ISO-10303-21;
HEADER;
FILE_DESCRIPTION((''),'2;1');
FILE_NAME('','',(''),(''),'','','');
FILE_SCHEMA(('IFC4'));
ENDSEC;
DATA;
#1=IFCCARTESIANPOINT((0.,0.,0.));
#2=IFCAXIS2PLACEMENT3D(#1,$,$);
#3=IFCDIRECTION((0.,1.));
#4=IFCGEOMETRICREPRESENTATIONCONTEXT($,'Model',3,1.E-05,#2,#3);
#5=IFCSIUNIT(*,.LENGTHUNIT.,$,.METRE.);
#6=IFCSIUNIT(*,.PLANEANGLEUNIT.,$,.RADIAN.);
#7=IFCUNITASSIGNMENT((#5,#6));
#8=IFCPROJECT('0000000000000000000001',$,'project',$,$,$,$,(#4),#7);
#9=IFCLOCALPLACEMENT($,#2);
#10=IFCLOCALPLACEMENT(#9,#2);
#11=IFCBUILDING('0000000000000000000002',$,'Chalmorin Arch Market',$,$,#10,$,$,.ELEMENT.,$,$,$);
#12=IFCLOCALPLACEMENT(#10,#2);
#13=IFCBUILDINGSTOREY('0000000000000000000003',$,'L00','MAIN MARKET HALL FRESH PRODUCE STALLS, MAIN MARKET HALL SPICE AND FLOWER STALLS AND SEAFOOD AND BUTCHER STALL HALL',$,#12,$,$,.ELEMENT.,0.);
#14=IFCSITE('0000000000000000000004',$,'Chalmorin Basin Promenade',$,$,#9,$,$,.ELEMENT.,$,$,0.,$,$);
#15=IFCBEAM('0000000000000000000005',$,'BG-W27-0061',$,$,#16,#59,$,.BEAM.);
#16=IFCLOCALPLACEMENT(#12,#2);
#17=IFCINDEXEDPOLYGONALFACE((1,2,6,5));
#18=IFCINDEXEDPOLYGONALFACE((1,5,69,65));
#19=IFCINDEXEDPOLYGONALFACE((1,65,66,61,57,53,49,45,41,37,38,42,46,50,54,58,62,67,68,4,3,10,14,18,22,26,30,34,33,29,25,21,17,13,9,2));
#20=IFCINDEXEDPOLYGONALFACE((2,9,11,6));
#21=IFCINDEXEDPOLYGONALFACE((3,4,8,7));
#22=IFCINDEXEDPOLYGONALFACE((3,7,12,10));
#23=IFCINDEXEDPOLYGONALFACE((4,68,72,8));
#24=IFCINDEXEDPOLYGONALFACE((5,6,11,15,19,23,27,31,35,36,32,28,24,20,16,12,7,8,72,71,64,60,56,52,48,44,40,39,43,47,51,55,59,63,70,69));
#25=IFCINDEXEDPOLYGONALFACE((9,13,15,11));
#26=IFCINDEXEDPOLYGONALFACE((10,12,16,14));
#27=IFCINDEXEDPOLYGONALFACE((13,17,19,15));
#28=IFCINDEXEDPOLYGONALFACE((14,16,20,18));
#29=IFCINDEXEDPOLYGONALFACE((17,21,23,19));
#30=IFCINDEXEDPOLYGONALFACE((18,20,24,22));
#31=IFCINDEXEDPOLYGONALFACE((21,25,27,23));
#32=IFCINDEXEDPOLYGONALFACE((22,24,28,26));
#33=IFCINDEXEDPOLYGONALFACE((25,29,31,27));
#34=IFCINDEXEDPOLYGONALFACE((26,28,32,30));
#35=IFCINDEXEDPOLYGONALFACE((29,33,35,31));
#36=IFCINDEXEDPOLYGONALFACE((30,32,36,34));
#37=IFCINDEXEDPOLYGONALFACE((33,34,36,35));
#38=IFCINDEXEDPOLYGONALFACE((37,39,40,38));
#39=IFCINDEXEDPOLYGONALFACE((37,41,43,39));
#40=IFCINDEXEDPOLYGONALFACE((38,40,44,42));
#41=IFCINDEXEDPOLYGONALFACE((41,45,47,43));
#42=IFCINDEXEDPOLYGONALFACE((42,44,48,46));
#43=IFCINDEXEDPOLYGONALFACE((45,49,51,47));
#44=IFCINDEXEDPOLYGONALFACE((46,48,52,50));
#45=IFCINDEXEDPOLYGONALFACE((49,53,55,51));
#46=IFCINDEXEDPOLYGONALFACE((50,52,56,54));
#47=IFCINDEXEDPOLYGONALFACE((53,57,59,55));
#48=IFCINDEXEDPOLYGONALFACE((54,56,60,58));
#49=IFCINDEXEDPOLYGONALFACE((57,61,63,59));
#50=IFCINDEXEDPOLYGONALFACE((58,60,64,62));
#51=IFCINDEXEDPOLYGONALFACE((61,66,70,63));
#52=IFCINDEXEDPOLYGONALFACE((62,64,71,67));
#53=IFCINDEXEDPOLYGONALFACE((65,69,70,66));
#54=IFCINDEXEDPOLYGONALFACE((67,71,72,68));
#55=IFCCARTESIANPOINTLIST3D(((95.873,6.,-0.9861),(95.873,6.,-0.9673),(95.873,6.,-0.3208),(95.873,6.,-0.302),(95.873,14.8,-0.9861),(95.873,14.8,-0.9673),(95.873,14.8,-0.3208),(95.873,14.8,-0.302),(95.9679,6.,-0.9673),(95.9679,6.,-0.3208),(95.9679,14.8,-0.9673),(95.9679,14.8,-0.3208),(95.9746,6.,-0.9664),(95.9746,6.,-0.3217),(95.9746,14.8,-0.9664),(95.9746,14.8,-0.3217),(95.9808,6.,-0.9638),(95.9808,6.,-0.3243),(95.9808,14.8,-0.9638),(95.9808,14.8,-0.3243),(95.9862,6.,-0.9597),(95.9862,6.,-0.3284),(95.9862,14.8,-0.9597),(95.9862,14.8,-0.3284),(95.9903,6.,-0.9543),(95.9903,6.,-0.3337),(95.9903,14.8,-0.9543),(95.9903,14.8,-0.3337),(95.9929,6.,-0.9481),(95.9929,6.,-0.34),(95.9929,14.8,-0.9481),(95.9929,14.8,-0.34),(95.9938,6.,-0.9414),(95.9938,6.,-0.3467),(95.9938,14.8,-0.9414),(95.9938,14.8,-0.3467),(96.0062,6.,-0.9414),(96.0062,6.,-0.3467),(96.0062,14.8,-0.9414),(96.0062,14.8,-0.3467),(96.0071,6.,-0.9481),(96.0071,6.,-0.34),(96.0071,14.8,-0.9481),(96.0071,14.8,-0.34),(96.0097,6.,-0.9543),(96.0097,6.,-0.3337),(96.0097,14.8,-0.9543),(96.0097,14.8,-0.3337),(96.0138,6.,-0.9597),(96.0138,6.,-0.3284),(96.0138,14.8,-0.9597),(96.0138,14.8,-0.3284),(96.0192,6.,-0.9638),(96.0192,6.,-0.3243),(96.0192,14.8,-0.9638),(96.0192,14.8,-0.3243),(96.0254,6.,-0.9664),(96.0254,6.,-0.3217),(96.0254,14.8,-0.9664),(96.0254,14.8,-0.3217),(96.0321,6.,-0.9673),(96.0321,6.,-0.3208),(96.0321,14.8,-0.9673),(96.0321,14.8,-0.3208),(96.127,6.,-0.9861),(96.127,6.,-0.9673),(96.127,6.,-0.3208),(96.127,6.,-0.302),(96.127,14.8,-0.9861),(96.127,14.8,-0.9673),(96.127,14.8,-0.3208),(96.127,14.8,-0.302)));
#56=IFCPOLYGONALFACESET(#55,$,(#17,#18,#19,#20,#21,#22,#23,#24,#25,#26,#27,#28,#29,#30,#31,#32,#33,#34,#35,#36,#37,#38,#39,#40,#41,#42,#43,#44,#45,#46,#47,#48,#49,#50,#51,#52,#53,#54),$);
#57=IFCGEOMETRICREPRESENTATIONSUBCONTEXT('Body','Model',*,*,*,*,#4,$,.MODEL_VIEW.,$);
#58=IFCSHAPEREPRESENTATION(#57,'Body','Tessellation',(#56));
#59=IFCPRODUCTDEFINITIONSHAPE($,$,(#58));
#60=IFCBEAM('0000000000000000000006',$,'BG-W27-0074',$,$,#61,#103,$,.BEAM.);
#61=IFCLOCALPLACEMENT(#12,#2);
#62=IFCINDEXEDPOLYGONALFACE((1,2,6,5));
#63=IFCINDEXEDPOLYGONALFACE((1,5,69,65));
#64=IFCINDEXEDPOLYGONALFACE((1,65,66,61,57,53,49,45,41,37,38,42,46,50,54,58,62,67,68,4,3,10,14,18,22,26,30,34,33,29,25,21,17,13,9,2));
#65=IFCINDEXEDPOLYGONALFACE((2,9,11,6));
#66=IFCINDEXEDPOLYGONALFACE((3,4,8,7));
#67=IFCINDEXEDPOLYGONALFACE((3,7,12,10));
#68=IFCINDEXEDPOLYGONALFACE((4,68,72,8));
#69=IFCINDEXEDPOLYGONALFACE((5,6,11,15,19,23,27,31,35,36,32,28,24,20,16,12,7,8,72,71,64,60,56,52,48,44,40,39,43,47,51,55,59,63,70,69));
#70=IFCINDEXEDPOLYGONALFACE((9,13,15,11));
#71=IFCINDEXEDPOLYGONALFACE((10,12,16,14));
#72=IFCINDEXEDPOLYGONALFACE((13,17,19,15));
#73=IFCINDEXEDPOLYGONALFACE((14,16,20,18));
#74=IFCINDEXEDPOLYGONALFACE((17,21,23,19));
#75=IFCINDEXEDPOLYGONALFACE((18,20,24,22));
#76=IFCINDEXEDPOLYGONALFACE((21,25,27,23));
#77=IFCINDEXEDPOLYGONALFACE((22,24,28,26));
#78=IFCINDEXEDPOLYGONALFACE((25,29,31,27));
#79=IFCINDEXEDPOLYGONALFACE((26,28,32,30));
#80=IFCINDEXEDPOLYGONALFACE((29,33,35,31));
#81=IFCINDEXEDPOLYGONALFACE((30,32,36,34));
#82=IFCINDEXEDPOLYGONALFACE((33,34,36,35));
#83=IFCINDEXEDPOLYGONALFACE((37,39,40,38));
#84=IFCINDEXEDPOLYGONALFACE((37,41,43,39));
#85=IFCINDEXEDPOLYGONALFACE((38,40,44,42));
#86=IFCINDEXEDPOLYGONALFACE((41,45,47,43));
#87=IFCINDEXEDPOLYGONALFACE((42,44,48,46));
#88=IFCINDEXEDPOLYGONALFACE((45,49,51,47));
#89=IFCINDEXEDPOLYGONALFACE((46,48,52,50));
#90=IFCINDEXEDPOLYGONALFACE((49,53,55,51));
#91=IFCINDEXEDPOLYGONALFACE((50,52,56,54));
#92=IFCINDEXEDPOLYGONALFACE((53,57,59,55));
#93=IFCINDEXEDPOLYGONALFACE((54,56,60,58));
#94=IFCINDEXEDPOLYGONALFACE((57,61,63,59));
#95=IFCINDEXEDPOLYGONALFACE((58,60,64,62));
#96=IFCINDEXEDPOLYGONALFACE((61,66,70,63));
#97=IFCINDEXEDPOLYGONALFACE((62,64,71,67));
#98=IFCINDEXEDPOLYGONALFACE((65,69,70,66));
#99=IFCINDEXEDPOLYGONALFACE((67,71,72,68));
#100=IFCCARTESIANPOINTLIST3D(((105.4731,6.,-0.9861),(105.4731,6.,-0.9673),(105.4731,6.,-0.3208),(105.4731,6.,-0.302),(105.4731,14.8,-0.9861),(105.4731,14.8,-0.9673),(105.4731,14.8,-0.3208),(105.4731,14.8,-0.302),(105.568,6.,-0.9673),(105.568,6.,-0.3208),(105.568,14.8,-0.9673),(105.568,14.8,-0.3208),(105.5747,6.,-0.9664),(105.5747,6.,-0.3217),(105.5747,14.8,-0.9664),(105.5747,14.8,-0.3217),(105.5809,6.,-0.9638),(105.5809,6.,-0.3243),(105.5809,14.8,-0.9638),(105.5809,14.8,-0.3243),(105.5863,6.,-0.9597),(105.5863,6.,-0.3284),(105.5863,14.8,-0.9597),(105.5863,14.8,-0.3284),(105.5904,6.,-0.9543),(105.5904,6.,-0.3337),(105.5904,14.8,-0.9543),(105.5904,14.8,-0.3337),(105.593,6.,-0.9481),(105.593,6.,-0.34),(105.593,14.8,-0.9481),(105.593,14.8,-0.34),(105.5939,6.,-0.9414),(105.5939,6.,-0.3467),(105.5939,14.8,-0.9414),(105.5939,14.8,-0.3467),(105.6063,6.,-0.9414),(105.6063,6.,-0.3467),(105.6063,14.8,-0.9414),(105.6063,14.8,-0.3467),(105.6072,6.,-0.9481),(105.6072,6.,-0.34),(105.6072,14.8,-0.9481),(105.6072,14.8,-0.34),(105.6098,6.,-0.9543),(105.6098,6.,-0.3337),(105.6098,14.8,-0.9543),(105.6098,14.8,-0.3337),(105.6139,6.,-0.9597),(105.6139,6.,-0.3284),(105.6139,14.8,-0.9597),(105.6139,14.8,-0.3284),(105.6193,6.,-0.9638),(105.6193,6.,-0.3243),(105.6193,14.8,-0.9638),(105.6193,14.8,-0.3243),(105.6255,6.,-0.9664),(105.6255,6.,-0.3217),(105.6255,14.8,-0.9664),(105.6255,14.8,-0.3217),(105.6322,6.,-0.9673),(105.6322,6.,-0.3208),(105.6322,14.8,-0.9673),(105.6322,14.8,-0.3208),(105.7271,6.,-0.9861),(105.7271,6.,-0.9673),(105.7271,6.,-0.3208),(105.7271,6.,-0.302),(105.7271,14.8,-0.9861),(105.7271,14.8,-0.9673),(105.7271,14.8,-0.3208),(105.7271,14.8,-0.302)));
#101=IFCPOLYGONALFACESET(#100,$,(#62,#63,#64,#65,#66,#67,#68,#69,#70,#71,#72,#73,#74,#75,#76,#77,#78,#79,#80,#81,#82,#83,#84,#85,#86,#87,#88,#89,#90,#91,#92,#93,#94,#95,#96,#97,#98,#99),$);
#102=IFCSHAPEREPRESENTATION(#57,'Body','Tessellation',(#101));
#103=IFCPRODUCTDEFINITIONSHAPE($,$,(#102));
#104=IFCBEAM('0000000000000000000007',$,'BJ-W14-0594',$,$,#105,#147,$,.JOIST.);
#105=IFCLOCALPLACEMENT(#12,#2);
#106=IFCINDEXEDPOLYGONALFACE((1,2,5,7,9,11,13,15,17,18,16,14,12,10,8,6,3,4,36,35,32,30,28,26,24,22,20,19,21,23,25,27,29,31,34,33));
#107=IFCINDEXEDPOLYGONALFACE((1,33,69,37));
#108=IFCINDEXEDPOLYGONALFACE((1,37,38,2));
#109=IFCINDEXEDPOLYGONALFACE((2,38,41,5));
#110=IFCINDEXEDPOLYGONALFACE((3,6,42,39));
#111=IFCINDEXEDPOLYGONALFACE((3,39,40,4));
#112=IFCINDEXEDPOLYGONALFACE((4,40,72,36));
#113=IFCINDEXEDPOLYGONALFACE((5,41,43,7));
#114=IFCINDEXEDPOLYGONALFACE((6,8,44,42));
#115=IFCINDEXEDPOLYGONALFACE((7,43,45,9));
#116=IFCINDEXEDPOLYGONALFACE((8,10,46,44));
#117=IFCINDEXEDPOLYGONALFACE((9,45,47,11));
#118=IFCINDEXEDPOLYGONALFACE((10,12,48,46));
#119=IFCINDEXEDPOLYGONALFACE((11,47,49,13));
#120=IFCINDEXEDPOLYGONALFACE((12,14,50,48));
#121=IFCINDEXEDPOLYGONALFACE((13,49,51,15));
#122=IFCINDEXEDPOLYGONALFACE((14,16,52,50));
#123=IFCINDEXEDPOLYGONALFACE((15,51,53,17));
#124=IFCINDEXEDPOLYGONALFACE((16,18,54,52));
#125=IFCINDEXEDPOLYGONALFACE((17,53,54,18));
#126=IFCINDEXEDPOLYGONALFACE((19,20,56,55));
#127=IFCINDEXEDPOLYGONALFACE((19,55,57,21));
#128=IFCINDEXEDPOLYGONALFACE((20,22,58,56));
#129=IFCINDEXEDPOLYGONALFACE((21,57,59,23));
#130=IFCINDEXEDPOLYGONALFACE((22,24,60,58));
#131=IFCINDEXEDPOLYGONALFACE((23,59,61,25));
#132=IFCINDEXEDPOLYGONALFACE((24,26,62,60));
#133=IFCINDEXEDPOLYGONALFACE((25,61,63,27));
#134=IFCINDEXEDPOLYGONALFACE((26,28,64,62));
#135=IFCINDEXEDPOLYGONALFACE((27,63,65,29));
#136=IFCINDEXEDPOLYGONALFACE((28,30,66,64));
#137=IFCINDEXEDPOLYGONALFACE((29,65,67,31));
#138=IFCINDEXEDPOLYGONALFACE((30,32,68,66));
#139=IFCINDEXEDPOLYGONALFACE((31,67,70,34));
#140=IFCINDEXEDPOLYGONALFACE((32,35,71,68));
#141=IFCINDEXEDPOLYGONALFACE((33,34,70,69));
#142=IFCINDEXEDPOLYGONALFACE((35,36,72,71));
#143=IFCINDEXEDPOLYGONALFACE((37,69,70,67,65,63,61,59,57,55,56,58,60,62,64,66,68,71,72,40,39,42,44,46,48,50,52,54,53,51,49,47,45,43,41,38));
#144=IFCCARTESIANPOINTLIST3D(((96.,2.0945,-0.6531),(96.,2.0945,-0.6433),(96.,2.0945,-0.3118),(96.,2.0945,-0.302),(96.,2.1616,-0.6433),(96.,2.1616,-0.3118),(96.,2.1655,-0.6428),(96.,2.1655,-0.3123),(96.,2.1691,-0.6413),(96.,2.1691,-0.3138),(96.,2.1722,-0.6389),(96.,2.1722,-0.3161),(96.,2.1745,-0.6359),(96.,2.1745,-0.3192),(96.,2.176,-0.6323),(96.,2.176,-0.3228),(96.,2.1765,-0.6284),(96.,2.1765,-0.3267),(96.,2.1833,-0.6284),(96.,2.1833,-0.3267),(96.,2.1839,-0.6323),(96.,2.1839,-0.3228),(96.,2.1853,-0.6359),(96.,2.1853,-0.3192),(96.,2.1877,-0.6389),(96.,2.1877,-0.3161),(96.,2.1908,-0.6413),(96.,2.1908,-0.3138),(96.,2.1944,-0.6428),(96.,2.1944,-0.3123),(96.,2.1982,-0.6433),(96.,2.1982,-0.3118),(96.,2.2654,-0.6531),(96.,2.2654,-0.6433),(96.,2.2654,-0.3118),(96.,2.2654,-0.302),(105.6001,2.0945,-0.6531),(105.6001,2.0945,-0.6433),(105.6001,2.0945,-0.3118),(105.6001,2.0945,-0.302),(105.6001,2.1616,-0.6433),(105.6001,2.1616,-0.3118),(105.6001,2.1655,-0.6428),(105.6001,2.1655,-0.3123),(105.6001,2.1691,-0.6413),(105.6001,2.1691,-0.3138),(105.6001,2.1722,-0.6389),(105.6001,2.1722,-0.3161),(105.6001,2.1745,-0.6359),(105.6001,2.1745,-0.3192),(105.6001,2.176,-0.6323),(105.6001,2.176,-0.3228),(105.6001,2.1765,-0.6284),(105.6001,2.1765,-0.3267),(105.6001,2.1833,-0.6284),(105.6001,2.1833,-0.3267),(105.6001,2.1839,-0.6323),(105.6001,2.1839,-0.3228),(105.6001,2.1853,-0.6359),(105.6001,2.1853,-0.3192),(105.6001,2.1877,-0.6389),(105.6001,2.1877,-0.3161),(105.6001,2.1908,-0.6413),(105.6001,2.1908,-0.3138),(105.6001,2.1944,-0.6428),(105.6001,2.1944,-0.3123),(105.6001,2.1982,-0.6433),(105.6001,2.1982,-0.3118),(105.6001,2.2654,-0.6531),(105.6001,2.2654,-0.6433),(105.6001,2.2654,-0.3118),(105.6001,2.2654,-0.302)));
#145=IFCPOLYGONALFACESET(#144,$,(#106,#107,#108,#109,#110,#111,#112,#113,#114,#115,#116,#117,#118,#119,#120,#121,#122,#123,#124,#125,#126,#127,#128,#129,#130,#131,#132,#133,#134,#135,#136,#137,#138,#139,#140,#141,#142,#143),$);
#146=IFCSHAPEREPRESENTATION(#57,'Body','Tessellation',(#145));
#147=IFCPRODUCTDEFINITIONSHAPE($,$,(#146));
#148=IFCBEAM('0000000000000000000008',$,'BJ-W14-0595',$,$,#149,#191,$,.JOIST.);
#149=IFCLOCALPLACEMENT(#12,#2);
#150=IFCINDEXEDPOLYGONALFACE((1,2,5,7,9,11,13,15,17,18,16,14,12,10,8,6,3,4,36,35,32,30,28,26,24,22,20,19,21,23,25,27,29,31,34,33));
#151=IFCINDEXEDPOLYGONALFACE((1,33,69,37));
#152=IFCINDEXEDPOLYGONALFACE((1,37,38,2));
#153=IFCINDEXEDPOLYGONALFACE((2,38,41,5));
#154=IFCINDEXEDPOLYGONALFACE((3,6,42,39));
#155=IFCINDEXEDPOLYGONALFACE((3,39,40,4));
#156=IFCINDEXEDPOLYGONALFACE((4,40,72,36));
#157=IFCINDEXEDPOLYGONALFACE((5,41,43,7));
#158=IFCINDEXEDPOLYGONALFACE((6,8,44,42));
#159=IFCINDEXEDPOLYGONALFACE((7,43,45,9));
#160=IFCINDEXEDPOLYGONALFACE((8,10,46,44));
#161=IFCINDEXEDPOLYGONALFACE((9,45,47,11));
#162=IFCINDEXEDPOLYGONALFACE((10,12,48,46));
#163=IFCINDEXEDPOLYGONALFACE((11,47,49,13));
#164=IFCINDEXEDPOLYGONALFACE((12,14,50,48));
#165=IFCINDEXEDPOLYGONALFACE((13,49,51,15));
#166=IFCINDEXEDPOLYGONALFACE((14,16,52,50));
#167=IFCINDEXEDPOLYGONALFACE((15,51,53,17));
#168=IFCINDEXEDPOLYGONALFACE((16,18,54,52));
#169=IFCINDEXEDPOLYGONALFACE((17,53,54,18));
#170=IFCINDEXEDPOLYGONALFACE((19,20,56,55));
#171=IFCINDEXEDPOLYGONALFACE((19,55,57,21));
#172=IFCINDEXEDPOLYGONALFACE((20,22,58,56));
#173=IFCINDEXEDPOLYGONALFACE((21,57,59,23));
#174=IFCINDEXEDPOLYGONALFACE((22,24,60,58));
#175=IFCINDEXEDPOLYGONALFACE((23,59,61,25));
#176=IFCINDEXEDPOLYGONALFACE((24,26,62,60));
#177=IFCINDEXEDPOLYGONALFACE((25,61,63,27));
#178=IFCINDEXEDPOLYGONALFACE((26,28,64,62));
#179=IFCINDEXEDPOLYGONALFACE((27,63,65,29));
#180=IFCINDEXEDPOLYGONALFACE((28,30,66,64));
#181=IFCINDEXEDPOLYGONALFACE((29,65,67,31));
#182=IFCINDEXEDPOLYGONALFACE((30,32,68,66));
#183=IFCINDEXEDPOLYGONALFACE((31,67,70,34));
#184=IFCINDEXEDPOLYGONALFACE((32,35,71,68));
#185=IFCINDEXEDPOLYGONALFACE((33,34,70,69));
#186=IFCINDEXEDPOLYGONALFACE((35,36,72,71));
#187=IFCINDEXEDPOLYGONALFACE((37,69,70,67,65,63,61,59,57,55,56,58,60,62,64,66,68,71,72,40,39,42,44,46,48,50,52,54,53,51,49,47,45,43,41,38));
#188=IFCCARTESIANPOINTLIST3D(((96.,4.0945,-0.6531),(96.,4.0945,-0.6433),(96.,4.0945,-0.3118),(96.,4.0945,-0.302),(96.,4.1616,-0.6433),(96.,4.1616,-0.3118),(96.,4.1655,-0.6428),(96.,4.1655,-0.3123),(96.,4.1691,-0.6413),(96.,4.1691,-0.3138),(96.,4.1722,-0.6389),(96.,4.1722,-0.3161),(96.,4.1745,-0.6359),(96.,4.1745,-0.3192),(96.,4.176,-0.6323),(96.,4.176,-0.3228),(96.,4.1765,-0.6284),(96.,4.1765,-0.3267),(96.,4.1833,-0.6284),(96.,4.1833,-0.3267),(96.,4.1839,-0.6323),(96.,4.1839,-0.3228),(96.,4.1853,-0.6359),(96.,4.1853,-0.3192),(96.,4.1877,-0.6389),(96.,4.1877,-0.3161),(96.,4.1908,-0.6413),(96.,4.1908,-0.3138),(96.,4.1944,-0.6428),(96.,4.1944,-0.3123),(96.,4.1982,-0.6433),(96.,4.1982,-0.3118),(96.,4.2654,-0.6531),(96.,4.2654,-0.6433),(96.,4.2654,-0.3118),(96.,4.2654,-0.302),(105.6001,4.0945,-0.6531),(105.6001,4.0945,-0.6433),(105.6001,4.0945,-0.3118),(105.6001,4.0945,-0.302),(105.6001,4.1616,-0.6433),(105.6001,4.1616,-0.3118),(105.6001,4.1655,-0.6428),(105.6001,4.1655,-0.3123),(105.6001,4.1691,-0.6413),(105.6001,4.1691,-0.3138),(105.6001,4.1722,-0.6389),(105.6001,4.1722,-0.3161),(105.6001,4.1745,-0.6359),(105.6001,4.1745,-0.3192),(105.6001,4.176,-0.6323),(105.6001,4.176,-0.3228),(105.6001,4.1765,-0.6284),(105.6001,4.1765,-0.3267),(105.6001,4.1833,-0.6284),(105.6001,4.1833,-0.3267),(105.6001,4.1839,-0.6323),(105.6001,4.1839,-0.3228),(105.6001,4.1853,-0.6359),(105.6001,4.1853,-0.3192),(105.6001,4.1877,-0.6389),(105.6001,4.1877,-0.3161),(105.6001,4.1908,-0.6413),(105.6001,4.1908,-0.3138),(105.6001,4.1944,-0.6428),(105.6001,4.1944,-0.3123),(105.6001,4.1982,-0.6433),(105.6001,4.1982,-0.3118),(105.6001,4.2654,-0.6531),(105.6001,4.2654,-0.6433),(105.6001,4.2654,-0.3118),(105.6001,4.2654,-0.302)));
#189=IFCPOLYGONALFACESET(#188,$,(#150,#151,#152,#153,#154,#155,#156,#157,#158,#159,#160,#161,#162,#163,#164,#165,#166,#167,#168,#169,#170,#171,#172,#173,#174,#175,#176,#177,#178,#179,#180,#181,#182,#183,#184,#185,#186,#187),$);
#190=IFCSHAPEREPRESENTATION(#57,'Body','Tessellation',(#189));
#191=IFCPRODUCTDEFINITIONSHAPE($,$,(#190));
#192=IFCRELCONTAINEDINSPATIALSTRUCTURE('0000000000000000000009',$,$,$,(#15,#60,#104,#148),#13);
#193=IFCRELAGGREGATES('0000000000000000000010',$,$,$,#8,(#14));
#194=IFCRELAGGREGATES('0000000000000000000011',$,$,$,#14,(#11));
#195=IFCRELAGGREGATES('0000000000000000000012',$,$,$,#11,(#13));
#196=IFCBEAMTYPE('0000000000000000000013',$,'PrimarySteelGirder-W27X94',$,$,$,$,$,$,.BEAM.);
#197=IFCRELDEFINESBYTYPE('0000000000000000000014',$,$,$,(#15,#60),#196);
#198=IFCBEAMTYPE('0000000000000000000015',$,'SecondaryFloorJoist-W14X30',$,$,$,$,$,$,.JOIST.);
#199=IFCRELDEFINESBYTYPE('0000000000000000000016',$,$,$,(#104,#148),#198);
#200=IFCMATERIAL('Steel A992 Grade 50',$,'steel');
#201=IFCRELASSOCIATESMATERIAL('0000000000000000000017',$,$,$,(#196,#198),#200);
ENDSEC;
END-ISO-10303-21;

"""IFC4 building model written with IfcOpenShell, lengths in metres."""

from ifc_helpers import new_model, si_unit, direction, frame, origin, origin_2d, place, context, subcontext, project, spatial, i_section, extrude, material, material_profile, profile_set, type_object, element, save


model = new_model("IFC4")

# Units and contexts
model_context = context("Model", 3, precision=1e-05, world=origin(), true_north=direction((0.0, 1.0)))
body_context = subcontext(model_context, "Body", "Model", "MODEL_VIEW")
ifc_project = project(units=[si_unit("LENGTHUNIT", "METRE"), si_unit("PLANEANGLEUNIT", "RADIAN")], contexts=[model_context])

# Site, building, storey
site_placement = place(None, origin())
site = spatial("IfcSite", under=ifc_project, at=site_placement, Name="Chalmorin Basin Promenade", CompositionType="ELEMENT", RefElevation=0.0)
building_placement = place(site_placement, origin())
building = spatial("IfcBuilding", under=site, at=building_placement, Name="Chalmorin Arch Market", CompositionType="ELEMENT")
storey_placement = place(building_placement, origin())
storey = spatial("IfcBuildingStorey", under=building, at=storey_placement, Name="L00", Description="MAIN MARKET HALL FRESH PRODUCE STALLS, MAIN MARKET HALL SPICE AND FLOWER STALLS AND SEAFOOD AND BUTCHER STALL HALL", CompositionType="ELEMENT", Elevation=0.0)

# Beams
ifc_material_1 = material(Name="Steel A992 Grade 50", Category="steel")
ifc_material_profile_1 = material_profile(ifc_material_1, i_section(OverallWidth=0.2539, OverallDepth=0.6841, WebThickness=0.0125, FlangeThickness=0.0188, FilletRadius=0.0259, at=origin_2d()), Name="W27X94")
ifc_profile_set_1 = profile_set([ifc_material_profile_1], Name="Steel A992 Grade 50")
beam_type_1 = type_object("IfcBeamType", Name="PrimarySteelGirder-W27X94", PredefinedType="BEAM", material=ifc_profile_set_1)
for number, where, z_axis, x_axis, name in (
    (1, (96.0, 6.0, -0.644), (0.0, 1.0, 0.0), (-1.0, 0.0, 0.0), "BG-W27-0061"),
    (2, (105.6001, 6.0, -0.644), (0.0, 1.0, 0.0), (-1.0, 0.0, 0.0), "BG-W27-0074"),
):
    element("IfcBeam", number, at=place(storey_placement, frame(where, z_axis=z_axis, x_axis=x_axis)), inside=storey, type_object=beam_type_1, Name=name, PredefinedType="BEAM", context=body_context, shape_type="SweptSolid", body=[
        extrude(i_section(OverallWidth=0.2539, OverallDepth=0.6841, WebThickness=0.0125, FlangeThickness=0.0188, FilletRadius=0.0259, at=origin_2d()), origin(), (0.0, 0.0, 1.0), 8.8),
    ])
ifc_material_profile_2 = material_profile(ifc_material_1, i_section(OverallWidth=0.1709, OverallDepth=0.3511, WebThickness=0.0068, FlangeThickness=0.0098, FilletRadius=0.0149, at=origin_2d()), Name="W14X30")
ifc_profile_set_2 = profile_set([ifc_material_profile_2], Name="Steel A992 Grade 50")
beam_type_2 = type_object("IfcBeamType", Name="SecondaryFloorJoist-W14X30", PredefinedType="JOIST", material=ifc_profile_set_2)
for number, where, z_axis, x_axis, name in (
    (3, (96.0, 2.1799, -0.4775), (1.0, 0.0, 0.0), (0.0, 1.0, 0.0), "BJ-W14-0594"),
    (4, (96.0, 4.1799, -0.4775), (1.0, 0.0, 0.0), (0.0, 1.0, 0.0), "BJ-W14-0595"),
):
    element("IfcBeam", number, at=place(storey_placement, frame(where, z_axis=z_axis, x_axis=x_axis)), inside=storey, type_object=beam_type_2, Name=name, PredefinedType="JOIST", context=body_context, shape_type="SweptSolid", body=[
        extrude(i_section(OverallWidth=0.1709, OverallDepth=0.3511, WebThickness=0.0068, FlangeThickness=0.0098, FilletRadius=0.0149, at=origin_2d()), origin(), (0.0, 0.0, 1.0), 9.6001),
    ])

save(model, "model.ifc")
